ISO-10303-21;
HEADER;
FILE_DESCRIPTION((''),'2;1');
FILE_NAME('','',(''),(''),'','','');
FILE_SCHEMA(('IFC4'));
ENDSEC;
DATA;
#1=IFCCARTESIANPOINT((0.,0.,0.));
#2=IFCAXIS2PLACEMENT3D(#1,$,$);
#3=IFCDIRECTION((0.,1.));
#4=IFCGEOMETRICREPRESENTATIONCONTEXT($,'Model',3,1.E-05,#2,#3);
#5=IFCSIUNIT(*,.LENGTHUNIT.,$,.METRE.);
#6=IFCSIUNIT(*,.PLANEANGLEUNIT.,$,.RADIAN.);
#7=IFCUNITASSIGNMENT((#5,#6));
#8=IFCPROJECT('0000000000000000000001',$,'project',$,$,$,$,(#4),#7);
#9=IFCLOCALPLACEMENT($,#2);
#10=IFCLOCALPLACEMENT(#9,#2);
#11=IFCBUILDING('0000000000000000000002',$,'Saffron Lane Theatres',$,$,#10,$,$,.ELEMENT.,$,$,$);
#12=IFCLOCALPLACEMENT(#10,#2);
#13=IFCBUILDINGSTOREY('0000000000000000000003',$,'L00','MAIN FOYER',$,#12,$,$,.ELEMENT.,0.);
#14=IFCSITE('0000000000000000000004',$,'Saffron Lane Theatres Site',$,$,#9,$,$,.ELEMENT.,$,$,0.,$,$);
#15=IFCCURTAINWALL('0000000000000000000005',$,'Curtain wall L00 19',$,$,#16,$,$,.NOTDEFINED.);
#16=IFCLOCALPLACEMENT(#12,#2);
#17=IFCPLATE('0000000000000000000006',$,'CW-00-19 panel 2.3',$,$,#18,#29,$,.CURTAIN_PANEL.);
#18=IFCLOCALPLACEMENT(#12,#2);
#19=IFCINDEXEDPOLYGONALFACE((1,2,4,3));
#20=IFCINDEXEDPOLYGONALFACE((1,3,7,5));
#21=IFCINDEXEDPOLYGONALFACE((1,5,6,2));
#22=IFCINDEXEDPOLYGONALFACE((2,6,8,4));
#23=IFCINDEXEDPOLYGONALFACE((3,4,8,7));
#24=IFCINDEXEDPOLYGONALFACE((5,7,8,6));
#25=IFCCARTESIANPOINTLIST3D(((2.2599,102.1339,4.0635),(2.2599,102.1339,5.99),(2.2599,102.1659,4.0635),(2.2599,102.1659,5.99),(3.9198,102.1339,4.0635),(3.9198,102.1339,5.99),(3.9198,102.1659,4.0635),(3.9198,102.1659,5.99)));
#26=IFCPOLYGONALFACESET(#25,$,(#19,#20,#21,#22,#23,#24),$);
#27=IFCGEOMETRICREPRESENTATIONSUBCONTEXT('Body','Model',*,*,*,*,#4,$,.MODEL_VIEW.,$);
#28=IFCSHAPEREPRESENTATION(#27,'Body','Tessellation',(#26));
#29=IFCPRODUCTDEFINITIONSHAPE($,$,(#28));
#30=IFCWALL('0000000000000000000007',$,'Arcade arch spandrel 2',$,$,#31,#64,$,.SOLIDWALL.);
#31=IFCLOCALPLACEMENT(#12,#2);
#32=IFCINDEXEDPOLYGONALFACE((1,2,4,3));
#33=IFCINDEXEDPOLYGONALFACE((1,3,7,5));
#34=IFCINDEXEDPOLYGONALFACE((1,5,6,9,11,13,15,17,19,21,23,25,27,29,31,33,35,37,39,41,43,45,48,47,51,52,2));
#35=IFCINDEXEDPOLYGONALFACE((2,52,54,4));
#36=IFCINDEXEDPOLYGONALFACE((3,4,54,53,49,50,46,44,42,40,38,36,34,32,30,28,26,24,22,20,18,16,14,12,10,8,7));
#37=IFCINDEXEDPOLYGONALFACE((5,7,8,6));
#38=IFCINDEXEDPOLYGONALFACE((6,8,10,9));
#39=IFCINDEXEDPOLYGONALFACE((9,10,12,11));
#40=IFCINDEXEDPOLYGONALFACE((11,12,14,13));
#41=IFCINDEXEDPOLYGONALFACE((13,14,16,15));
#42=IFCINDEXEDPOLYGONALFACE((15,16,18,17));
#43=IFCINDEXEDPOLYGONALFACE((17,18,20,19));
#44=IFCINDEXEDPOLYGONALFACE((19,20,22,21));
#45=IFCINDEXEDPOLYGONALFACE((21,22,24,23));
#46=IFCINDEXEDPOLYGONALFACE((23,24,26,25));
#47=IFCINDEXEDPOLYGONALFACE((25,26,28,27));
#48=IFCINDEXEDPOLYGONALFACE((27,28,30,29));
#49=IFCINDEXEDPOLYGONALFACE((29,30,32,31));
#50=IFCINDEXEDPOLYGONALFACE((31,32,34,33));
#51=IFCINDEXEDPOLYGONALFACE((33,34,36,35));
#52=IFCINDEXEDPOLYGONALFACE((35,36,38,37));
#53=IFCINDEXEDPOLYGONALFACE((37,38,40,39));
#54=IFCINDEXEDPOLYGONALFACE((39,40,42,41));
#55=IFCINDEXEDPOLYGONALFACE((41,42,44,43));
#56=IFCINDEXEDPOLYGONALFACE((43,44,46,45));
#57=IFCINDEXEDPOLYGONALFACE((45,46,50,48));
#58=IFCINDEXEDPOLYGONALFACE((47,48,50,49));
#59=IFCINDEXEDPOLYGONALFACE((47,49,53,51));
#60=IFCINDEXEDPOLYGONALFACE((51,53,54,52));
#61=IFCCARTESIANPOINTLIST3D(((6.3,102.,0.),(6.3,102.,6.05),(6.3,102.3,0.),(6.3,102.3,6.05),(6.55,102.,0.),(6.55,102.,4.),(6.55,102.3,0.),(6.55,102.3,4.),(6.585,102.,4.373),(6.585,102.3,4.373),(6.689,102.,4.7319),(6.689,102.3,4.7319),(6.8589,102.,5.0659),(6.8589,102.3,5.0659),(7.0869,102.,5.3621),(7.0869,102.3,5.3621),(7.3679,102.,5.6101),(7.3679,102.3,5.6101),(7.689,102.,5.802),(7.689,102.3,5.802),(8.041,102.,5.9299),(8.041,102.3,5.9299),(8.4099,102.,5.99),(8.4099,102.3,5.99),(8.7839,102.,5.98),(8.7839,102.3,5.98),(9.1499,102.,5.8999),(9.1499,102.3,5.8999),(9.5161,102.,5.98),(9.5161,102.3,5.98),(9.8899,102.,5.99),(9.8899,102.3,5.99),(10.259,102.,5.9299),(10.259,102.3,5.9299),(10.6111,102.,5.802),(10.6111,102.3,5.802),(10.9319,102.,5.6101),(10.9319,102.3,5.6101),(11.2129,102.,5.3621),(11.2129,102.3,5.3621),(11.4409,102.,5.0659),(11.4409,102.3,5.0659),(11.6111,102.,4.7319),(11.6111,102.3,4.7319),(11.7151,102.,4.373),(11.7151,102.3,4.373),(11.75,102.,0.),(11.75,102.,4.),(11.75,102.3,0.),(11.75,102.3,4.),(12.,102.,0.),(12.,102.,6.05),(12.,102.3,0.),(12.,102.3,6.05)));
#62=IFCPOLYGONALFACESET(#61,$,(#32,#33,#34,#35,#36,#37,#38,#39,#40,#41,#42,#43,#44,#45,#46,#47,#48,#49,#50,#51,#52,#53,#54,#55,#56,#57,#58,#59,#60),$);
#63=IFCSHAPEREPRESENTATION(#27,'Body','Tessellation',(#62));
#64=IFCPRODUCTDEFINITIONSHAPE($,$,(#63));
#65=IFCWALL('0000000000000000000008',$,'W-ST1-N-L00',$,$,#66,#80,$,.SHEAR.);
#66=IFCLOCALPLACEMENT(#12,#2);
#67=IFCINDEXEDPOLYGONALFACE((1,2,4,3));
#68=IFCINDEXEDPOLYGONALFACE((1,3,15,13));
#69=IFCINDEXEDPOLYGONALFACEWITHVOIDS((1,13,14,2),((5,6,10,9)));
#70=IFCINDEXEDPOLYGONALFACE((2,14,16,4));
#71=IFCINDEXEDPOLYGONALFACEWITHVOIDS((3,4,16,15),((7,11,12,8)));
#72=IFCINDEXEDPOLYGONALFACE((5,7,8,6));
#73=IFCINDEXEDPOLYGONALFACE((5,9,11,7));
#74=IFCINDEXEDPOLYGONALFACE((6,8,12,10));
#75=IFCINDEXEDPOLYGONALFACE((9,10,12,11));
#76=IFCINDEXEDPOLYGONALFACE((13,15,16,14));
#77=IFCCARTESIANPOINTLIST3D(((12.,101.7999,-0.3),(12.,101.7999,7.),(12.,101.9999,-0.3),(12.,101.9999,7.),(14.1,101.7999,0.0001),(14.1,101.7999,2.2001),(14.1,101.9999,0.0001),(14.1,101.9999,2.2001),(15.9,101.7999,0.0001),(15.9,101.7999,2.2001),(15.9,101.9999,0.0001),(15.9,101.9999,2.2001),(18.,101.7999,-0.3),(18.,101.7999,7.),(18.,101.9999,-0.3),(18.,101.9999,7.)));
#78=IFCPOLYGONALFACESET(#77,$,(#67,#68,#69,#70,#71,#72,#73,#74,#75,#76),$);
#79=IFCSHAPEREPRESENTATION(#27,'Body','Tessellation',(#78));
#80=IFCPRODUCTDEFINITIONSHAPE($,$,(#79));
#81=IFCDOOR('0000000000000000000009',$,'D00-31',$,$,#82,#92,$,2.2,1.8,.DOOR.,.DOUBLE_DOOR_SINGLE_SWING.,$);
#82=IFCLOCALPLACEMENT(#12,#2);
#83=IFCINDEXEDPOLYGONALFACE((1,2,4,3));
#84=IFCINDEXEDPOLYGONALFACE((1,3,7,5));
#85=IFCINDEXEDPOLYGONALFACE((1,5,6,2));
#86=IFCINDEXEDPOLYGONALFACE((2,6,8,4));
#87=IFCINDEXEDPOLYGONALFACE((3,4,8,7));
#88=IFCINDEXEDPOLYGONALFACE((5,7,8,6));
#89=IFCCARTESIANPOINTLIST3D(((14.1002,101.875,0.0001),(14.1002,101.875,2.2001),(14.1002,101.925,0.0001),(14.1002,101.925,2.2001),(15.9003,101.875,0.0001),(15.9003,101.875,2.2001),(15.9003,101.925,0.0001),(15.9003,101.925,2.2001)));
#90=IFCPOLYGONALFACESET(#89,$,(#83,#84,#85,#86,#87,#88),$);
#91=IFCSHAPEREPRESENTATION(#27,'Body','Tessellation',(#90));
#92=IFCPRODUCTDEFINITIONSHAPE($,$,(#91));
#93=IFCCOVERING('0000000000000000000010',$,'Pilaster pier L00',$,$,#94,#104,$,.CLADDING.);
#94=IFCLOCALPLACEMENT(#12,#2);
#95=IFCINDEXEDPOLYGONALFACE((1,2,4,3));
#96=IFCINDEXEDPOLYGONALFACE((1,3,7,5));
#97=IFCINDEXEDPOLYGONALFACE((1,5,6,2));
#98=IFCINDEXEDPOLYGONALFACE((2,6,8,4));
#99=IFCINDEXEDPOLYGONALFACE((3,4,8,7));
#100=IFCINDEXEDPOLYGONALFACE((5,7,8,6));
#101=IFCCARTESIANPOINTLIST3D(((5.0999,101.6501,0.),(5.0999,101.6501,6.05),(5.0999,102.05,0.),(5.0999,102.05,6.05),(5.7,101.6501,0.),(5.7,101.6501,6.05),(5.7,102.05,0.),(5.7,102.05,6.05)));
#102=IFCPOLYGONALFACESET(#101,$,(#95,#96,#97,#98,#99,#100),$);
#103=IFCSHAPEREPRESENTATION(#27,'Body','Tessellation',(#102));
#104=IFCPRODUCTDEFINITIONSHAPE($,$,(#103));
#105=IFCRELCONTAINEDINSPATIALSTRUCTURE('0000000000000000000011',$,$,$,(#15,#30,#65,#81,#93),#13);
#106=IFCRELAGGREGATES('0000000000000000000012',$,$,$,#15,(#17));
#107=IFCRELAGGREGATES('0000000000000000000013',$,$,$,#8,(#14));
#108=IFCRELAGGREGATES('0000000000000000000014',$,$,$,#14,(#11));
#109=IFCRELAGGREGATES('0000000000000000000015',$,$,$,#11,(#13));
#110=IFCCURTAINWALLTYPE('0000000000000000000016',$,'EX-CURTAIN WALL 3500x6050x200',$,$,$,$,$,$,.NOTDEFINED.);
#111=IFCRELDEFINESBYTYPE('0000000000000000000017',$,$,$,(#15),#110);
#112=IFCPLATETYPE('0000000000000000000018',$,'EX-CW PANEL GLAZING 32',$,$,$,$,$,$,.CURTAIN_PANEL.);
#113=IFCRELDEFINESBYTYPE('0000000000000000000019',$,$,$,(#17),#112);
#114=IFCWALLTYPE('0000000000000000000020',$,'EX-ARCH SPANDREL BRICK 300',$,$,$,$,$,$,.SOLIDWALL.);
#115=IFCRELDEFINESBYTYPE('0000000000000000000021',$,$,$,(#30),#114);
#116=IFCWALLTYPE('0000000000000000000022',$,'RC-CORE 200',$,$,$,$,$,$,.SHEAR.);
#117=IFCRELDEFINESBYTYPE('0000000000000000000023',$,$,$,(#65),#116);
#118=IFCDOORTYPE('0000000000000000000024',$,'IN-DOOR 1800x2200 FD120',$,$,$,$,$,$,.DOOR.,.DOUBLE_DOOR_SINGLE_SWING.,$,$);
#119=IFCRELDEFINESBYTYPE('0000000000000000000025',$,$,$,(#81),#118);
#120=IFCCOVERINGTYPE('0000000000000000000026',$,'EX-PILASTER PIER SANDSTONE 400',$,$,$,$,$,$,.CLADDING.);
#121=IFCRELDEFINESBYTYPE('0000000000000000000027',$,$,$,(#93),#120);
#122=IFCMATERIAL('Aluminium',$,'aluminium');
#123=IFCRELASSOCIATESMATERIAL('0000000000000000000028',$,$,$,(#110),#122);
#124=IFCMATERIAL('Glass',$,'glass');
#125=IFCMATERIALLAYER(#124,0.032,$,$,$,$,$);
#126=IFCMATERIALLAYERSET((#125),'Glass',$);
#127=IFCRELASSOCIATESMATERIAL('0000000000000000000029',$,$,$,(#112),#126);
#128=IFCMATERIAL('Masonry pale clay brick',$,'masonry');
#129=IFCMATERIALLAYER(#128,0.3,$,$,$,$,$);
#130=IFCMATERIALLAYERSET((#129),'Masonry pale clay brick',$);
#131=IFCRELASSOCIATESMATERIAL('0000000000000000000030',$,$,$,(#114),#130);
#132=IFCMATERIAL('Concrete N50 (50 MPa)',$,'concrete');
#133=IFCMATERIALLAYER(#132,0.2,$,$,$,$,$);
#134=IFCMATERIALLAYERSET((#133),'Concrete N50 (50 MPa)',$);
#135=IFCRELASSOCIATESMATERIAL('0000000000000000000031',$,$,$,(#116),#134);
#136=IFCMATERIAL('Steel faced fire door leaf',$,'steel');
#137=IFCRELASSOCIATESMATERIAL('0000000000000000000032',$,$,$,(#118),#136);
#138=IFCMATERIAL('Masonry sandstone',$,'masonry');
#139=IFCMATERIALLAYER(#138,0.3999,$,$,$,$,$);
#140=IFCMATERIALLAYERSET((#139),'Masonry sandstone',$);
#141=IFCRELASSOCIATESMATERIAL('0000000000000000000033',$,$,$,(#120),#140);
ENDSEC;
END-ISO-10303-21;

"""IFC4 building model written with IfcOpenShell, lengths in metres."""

from ifc_helpers import new_model, si_unit, direction, frame, frame_2d, origin, origin_2d, place, context, subcontext, project, spatial, polyline, rectangle, outline, extrude, material, layer, layer_set, type_object, element, fill, aggregate, save


model = new_model("IFC4")

# Units and contexts
model_context = context("Model", 3, precision=1e-05, world=origin(), true_north=direction((0.0, 1.0)))
body_context = subcontext(model_context, "Body", "Model", "MODEL_VIEW")
ifc_project = project(units=[si_unit("LENGTHUNIT", "METRE"), si_unit("PLANEANGLEUNIT", "RADIAN")], contexts=[model_context])

# Site, building, storey
site_placement = place(None, origin())
site = spatial("IfcSite", under=ifc_project, at=site_placement, Name="Saffron Lane Theatres Site", CompositionType="ELEMENT", RefElevation=0.0)
building_placement = place(site_placement, origin())
building = spatial("IfcBuilding", under=site, at=building_placement, Name="Saffron Lane Theatres", CompositionType="ELEMENT")
storey_placement = place(building_placement, origin())
storey = spatial("IfcBuildingStorey", under=building, at=storey_placement, Name="L00", Description="MAIN FOYER", CompositionType="ELEMENT", Elevation=0.0)

# Curtain wall, plate
ifc_material_1 = material(Name="Aluminium", Category="aluminium")
curtain_wall_type = type_object("IfcCurtainWallType", Name="EX-CURTAIN WALL 3500x6050x200", PredefinedType="NOTDEFINED", material=ifc_material_1)
curtain_wall_placement = place(storey_placement, origin())
curtain_wall = element("IfcCurtainWall", 1, at=curtain_wall_placement, inside=storey, type_object=curtain_wall_type, Name="Curtain wall L00 19", PredefinedType="NOTDEFINED")
ifc_material_2 = material(Name="Glass", Category="glass")
ifc_layer_1 = layer(ifc_material_2, 0.032)
ifc_layer_set_1 = layer_set([ifc_layer_1], Name="Glass")
plate_type = type_object("IfcPlateType", Name="EX-CW PANEL GLAZING 32", PredefinedType="CURTAIN_PANEL", material=ifc_layer_set_1)
plate_1_placement = place(storey_placement, frame((3.0898, 102.1499, 4.0635), z_axis=(0.0, 0.0, 1.0), x_axis=(-1.0, 0.0, 0.0)))
plate_1 = element("IfcPlate", 2, at=plate_1_placement, type_object=plate_type, Name="CW-00-19 panel 2.3", PredefinedType="CURTAIN_PANEL", context=body_context, shape_type="SweptSolid", body=[
    extrude(rectangle(XDim=1.6599, YDim=0.032, at=origin_2d()), origin(), (0.0, 0.0, 1.0), 1.9265),
])
aggregate(curtain_wall, [plate_1])

# Wall
ifc_material_3 = material(Name="Masonry pale clay brick", Category="masonry")
ifc_layer_2 = layer(ifc_material_3, 0.3)
ifc_layer_set_2 = layer_set([ifc_layer_2], Name="Masonry pale clay brick")
wall_type_1 = type_object("IfcWallType", Name="EX-ARCH SPANDREL BRICK 300", PredefinedType="SOLIDWALL", material=ifc_layer_set_2)
wall_1_placement = place(storey_placement, frame((6.3, 102.0, 6.05), z_axis=(0.0, -1.0, 0.0), x_axis=(0.0, 0.0, -1.0)))
element("IfcWall", 3, at=wall_1_placement, inside=storey, type_object=wall_type_1, Name="Arcade arch spandrel 2", PredefinedType="SOLIDWALL", context=body_context, shape_type="SweptSolid", body=[
    extrude(outline(polyline([(0.0, 0.0), (6.05, 0.0), (6.05, 0.25), (2.05, 0.25), (1.677, 0.2849), (1.3181, 0.3889), (0.9841, 0.5588), (0.688, 0.7869), (0.4399, 1.0679), (0.248, 1.3889), (0.1201, 1.741), (0.0601, 2.1099), (0.0701, 2.4839), (0.1501, 2.8499), (0.0701, 3.2161), (0.0601, 3.5898), (0.1201, 3.959), (0.248, 4.311), (0.4399, 4.6318), (0.688, 4.9128), (0.9841, 5.1409), (1.3181, 5.311), (1.677, 5.415), (2.05, 5.45), (6.05, 5.45), (6.05, 5.7), (0.0, 5.7), (0.0, 0.0)])), origin(), (0.0, 0.0, -1.0), 0.3),
])

# Wall, opening, door
ifc_material_4 = material(Name="Concrete N50 (50 MPa)", Category="concrete")
ifc_layer_3 = layer(ifc_material_4, 0.2)
ifc_layer_set_3 = layer_set([ifc_layer_3], Name="Concrete N50 (50 MPa)")
wall_type_2 = type_object("IfcWallType", Name="RC-CORE 200", PredefinedType="SHEAR", material=ifc_layer_set_3)
wall_2_placement = place(storey_placement, frame((12.0, 101.8999, -0.3), z_axis=(0.0, 0.0, 1.0), x_axis=(1.0, 0.0, 0.0)))
wall_2 = element("IfcWall", 4, at=wall_2_placement, inside=storey, type_object=wall_type_2, Name="W-ST1-N-L00", PredefinedType="SHEAR", context=body_context, shape_type="SweptSolid", body=[
    extrude(rectangle(XDim=6.0, YDim=0.2, at=frame_2d((3.0, 0.0))), origin(), (0.0, 0.0, 1.0), 7.3),
])
opening_1_placement = place(wall_2_placement, frame((2.1001, 0.0, 0.3)))
opening_1 = element("IfcOpeningElement", 5, at=opening_1_placement, cuts=wall_2, PredefinedType="OPENING", context=body_context, shape_type="SweptSolid", body=[
    extrude(rectangle(XDim=1.8, YDim=2.2, at=frame_2d((0.8999, 1.1001))), frame((0.0, 0.1099, 0.0), z_axis=(0.0, -1.0, 0.0), x_axis=(1.0, 0.0, 0.0)), (0.0, 0.0, 1.0), 0.22),
])
ifc_material_5 = material(Name="Steel faced fire door leaf", Category="steel")
door_type_1 = type_object("IfcDoorType", Name="IN-DOOR 1800x2200 FD120", OperationType="DOUBLE_DOOR_SINGLE_SWING", PredefinedType="DOOR", material=ifc_material_5)
door_1_placement = place(opening_1_placement, frame((1.8, 0.0, 0.0), z_axis=(0.0, 0.0, 1.0), x_axis=(-1.0, 0.0, 0.0)))
door_1 = element("IfcDoor", 6, at=door_1_placement, inside=storey, type_object=door_type_1, Name="D00-31", OperationType="DOUBLE_DOOR_SINGLE_SWING", OverallHeight=2.2, OverallWidth=1.8, PredefinedType="DOOR", context=body_context, shape_type="SweptSolid", body=[
    extrude(rectangle(XDim=1.8, YDim=2.2, at=frame_2d((0.8999, 1.1001))), frame((0.0, 0.0249, 0.0), z_axis=(0.0, -1.0, 0.0), x_axis=(1.0, 0.0, 0.0)), (0.0, 0.0, 1.0), 0.05),
])
fill(opening_1, door_1)

# Covering
ifc_material_6 = material(Name="Masonry sandstone", Category="masonry")
ifc_layer_4 = layer(ifc_material_6, 0.3999)
ifc_layer_set_4 = layer_set([ifc_layer_4], Name="Masonry sandstone")
covering_type = type_object("IfcCoveringType", Name="EX-PILASTER PIER SANDSTONE 400", PredefinedType="CLADDING", material=ifc_layer_set_4)
covering_placement = place(storey_placement, frame((5.3999, 101.8501, 0.0), z_axis=(0.0, 0.0, 1.0), x_axis=(-1.0, 0.0, 0.0)))
element("IfcCovering", 7, at=covering_placement, inside=storey, type_object=covering_type, Name="Pilaster pier L00", PredefinedType="CLADDING", context=body_context, shape_type="SweptSolid", body=[
    extrude(rectangle(XDim=0.6001, YDim=0.3999, at=origin_2d()), origin(), (0.0, 0.0, 1.0), 6.05),
])

save(model, "model.ifc")
